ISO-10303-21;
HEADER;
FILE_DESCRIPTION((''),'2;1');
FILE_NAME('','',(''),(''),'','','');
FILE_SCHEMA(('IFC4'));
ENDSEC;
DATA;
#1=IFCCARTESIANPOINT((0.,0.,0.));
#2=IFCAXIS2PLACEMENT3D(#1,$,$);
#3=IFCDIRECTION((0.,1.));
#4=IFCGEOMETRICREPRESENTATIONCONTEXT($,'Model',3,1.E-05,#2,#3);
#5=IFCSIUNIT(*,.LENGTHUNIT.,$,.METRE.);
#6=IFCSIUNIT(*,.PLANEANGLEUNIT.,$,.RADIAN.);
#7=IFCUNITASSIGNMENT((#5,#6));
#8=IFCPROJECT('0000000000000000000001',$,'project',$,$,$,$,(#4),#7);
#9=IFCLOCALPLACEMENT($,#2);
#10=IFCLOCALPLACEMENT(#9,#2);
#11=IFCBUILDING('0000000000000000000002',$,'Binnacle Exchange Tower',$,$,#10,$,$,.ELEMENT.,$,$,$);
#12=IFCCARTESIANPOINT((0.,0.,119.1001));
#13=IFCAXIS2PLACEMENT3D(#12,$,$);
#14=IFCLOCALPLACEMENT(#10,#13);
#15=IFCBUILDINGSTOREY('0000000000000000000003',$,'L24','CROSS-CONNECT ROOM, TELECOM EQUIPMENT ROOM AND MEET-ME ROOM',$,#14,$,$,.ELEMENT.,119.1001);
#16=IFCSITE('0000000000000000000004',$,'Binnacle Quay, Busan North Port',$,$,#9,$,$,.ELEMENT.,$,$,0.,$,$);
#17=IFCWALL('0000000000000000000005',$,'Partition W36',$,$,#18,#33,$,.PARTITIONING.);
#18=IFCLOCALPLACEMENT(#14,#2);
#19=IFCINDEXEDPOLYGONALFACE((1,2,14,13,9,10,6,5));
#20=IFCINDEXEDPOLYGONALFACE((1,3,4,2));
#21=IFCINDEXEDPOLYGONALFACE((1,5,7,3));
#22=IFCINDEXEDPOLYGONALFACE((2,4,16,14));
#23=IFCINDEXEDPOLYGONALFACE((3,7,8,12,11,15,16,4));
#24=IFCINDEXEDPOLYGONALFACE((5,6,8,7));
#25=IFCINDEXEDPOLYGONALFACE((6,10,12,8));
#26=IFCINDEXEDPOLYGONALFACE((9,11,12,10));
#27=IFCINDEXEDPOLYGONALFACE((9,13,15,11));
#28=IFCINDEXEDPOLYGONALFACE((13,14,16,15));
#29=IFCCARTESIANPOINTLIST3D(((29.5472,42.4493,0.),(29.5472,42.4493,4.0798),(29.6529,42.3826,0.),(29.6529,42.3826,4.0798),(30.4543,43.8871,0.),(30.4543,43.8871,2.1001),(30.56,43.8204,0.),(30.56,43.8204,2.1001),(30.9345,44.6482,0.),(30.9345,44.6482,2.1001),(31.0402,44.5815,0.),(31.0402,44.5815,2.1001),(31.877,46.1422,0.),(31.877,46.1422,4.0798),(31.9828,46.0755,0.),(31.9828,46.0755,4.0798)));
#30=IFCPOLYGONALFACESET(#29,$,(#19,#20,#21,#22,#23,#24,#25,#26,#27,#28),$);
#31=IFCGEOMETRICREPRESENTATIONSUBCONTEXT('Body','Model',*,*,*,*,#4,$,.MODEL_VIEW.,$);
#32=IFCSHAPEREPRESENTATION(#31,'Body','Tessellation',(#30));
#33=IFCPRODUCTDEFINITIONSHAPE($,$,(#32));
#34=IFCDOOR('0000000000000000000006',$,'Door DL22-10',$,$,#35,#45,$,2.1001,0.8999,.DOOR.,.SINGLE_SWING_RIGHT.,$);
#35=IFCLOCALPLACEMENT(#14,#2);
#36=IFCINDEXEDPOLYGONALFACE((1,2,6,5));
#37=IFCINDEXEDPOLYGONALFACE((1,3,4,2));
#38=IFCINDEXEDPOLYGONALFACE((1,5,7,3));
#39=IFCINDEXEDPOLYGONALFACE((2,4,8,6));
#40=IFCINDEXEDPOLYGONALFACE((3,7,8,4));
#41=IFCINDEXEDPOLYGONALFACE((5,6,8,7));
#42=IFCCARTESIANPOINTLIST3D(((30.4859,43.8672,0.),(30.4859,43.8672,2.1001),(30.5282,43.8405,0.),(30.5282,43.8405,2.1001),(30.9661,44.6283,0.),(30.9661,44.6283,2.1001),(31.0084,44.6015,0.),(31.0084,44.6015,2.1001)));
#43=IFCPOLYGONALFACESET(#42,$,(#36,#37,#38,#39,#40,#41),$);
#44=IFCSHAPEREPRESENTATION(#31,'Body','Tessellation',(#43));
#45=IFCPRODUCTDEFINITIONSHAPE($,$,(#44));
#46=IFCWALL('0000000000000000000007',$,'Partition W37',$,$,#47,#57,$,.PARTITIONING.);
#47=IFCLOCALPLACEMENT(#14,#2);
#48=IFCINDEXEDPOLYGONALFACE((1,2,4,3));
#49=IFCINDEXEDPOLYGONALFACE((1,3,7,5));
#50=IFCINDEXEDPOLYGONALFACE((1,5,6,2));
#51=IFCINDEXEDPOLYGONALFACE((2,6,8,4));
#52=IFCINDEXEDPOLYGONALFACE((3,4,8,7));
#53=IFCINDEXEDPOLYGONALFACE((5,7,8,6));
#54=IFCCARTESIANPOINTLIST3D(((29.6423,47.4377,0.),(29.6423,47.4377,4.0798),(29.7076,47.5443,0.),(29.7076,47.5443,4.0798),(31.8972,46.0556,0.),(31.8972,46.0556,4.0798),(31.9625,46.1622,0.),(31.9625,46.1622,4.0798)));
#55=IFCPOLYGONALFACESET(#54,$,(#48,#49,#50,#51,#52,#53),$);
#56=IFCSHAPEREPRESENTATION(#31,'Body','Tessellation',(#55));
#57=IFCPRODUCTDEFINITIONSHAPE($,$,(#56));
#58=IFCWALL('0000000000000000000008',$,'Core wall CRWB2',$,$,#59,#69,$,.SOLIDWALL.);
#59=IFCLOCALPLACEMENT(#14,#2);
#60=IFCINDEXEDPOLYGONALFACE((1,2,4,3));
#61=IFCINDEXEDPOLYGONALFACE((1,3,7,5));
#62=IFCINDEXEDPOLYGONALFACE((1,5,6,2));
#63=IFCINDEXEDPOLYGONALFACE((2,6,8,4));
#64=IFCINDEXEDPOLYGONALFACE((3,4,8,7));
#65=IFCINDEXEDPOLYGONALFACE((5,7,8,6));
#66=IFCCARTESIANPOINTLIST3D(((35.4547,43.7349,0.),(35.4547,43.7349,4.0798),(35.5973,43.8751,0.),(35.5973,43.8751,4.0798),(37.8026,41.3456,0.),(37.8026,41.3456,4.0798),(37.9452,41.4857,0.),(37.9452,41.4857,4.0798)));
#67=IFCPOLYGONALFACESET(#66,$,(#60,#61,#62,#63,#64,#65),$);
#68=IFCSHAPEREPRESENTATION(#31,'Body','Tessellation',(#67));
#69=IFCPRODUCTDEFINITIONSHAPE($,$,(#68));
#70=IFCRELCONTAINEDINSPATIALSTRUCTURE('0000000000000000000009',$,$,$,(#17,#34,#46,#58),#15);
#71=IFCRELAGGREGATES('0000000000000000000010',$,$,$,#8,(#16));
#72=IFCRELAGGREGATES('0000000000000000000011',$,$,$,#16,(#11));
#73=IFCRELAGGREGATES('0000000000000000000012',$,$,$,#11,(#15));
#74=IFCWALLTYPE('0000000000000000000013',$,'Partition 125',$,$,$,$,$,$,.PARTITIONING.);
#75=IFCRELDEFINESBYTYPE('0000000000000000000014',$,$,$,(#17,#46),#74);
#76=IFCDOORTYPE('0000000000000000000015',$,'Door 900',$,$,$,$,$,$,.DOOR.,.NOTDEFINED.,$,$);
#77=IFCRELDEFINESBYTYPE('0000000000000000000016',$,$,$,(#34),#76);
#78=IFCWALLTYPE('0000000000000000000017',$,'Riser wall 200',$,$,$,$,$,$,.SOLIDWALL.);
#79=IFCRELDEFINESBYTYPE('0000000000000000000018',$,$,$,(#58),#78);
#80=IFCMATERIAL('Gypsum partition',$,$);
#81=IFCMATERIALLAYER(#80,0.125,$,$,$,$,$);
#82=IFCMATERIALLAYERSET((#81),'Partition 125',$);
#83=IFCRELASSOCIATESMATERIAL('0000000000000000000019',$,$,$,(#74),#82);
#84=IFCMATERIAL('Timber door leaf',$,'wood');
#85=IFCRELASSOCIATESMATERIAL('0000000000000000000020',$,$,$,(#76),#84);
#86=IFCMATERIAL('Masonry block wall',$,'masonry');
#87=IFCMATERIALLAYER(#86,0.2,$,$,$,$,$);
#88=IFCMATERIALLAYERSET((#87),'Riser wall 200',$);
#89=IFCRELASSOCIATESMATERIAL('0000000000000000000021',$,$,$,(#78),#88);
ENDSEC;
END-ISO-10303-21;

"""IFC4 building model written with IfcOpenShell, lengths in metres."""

from ifc_helpers import new_model, si_unit, direction, frame, frame_2d, origin, place, context, subcontext, project, spatial, rectangle, extrude, material, layer, layer_set, type_object, element, fill, save


model = new_model("IFC4")

# Units and contexts
model_context = context("Model", 3, precision=1e-05, world=origin(), true_north=direction((0.0, 1.0)))
body_context = subcontext(model_context, "Body", "Model", "MODEL_VIEW")
ifc_project = project(units=[si_unit("LENGTHUNIT", "METRE"), si_unit("PLANEANGLEUNIT", "RADIAN")], contexts=[model_context])

# Site, building, storey
site_placement = place(None, origin())
site = spatial("IfcSite", under=ifc_project, at=site_placement, Name="Binnacle Quay, Busan North Port", CompositionType="ELEMENT", RefElevation=0.0)
building_placement = place(site_placement, origin())
building = spatial("IfcBuilding", under=site, at=building_placement, Name="Binnacle Exchange Tower", CompositionType="ELEMENT")
storey_placement = place(building_placement, frame((0.0, 0.0, 119.1001)))
storey = spatial("IfcBuildingStorey", under=building, at=storey_placement, Name="L24", Description="CROSS-CONNECT ROOM, TELECOM EQUIPMENT ROOM AND MEET-ME ROOM", CompositionType="ELEMENT", Elevation=119.1001)

# Shared definitions
ifc_material_1 = material(Name="Gypsum partition")
ifc_layer_1 = layer(ifc_material_1, 0.125)
ifc_layer_set_1 = layer_set([ifc_layer_1], Name="Partition 125")
wall_type_1 = type_object("IfcWallType", Name="Partition 125", PredefinedType="PARTITIONING", material=ifc_layer_set_1)
ifc_material_2 = material(Name="Timber door leaf", Category="wood")
door_type = type_object("IfcDoorType", Name="Door 900", OperationType="NOTDEFINED", PredefinedType="DOOR", material=ifc_material_2)

# Wall, opening, door
wall_1_placement = place(storey_placement, frame((29.6001, 42.416, 0.0), z_axis=(0.0, 0.0, 1.0), x_axis=(0.533583, 0.845748, 0.0)))
wall_1 = element("IfcWall", 1, at=wall_1_placement, inside=storey, type_object=wall_type_1, Name="Partition W36", PredefinedType="PARTITIONING", context=body_context, shape_type="SweptSolid", body=[
    extrude(rectangle(XDim=4.3665, YDim=0.125, at=frame_2d((2.1831, 0.0))), origin(), (0.0, 0.0, 1.0), 4.0798),
])
opening_1_placement = place(wall_1_placement, frame((1.7, 0.0, 0.0)))
opening_1 = element("IfcOpeningElement", 2, at=opening_1_placement, cuts=wall_1, PredefinedType="OPENING", context=body_context, shape_type="SweptSolid", body=[
    extrude(rectangle(XDim=0.8999, YDim=2.1001, at=frame_2d((0.45, 1.05))), frame((0.0, 0.0725, 0.0), z_axis=(0.0, -1.0, 0.0), x_axis=(1.0, 0.0, 0.0)), (0.0, 0.0, 1.0), 0.145),
])
door_1_placement = place(opening_1_placement, frame((0.8999, 0.0, 0.0), z_axis=(0.0, 0.0, 1.0), x_axis=(-1.0, 0.0, 0.0)))
door_1 = element("IfcDoor", 3, at=door_1_placement, inside=storey, type_object=door_type, Name="Door DL22-10", OperationType="SINGLE_SWING_RIGHT", OverallHeight=2.1001, OverallWidth=0.8999, PredefinedType="DOOR", context=body_context, shape_type="SweptSolid", body=[
    extrude(rectangle(XDim=0.8999, YDim=2.1001, at=frame_2d((0.45, 1.05))), frame((0.0, 0.0249, 0.0), z_axis=(0.0, -1.0, 0.0), x_axis=(1.0, 0.0, 0.0)), (0.0, 0.0, 1.0), 0.05),
])
fill(opening_1, door_1)

# Walls
wall_2_placement = place(storey_placement, frame((29.675, 47.491, 0.0), z_axis=(0.0, 0.0, 1.0), x_axis=(0.852592, -0.522577, 0.0)))
element("IfcWall", 4, at=wall_2_placement, inside=storey, type_object=wall_type_1, Name="Partition W37", PredefinedType="PARTITIONING", context=body_context, shape_type="SweptSolid", body=[
    extrude(rectangle(XDim=2.6448, YDim=0.125, at=frame_2d((1.3223, 0.0))), origin(), (0.0, 0.0, 1.0), 4.0798),
])
ifc_material_3 = material(Name="Masonry block wall", Category="masonry")
ifc_layer_2 = layer(ifc_material_3, 0.2)
ifc_layer_set_2 = layer_set([ifc_layer_2], Name="Riser wall 200")
wall_type_2 = type_object("IfcWallType", Name="Riser wall 200", PredefinedType="SOLIDWALL", material=ifc_layer_set_2)
wall_3_placement = place(storey_placement, frame((35.5261, 43.8049, 0.0), z_axis=(0.0, 0.0, 1.0), x_axis=(0.700885, -0.713274, 0.0)))
element("IfcWall", 5, at=wall_3_placement, inside=storey, type_object=wall_type_2, Name="Core wall CRWB2", PredefinedType="SOLIDWALL", context=body_context, shape_type="SweptSolid", body=[
    extrude(rectangle(XDim=3.3499, YDim=0.2, at=frame_2d((1.6748, 0.0))), origin(), (0.0, 0.0, 1.0), 4.0798),
])

save(model, "model.ifc")
